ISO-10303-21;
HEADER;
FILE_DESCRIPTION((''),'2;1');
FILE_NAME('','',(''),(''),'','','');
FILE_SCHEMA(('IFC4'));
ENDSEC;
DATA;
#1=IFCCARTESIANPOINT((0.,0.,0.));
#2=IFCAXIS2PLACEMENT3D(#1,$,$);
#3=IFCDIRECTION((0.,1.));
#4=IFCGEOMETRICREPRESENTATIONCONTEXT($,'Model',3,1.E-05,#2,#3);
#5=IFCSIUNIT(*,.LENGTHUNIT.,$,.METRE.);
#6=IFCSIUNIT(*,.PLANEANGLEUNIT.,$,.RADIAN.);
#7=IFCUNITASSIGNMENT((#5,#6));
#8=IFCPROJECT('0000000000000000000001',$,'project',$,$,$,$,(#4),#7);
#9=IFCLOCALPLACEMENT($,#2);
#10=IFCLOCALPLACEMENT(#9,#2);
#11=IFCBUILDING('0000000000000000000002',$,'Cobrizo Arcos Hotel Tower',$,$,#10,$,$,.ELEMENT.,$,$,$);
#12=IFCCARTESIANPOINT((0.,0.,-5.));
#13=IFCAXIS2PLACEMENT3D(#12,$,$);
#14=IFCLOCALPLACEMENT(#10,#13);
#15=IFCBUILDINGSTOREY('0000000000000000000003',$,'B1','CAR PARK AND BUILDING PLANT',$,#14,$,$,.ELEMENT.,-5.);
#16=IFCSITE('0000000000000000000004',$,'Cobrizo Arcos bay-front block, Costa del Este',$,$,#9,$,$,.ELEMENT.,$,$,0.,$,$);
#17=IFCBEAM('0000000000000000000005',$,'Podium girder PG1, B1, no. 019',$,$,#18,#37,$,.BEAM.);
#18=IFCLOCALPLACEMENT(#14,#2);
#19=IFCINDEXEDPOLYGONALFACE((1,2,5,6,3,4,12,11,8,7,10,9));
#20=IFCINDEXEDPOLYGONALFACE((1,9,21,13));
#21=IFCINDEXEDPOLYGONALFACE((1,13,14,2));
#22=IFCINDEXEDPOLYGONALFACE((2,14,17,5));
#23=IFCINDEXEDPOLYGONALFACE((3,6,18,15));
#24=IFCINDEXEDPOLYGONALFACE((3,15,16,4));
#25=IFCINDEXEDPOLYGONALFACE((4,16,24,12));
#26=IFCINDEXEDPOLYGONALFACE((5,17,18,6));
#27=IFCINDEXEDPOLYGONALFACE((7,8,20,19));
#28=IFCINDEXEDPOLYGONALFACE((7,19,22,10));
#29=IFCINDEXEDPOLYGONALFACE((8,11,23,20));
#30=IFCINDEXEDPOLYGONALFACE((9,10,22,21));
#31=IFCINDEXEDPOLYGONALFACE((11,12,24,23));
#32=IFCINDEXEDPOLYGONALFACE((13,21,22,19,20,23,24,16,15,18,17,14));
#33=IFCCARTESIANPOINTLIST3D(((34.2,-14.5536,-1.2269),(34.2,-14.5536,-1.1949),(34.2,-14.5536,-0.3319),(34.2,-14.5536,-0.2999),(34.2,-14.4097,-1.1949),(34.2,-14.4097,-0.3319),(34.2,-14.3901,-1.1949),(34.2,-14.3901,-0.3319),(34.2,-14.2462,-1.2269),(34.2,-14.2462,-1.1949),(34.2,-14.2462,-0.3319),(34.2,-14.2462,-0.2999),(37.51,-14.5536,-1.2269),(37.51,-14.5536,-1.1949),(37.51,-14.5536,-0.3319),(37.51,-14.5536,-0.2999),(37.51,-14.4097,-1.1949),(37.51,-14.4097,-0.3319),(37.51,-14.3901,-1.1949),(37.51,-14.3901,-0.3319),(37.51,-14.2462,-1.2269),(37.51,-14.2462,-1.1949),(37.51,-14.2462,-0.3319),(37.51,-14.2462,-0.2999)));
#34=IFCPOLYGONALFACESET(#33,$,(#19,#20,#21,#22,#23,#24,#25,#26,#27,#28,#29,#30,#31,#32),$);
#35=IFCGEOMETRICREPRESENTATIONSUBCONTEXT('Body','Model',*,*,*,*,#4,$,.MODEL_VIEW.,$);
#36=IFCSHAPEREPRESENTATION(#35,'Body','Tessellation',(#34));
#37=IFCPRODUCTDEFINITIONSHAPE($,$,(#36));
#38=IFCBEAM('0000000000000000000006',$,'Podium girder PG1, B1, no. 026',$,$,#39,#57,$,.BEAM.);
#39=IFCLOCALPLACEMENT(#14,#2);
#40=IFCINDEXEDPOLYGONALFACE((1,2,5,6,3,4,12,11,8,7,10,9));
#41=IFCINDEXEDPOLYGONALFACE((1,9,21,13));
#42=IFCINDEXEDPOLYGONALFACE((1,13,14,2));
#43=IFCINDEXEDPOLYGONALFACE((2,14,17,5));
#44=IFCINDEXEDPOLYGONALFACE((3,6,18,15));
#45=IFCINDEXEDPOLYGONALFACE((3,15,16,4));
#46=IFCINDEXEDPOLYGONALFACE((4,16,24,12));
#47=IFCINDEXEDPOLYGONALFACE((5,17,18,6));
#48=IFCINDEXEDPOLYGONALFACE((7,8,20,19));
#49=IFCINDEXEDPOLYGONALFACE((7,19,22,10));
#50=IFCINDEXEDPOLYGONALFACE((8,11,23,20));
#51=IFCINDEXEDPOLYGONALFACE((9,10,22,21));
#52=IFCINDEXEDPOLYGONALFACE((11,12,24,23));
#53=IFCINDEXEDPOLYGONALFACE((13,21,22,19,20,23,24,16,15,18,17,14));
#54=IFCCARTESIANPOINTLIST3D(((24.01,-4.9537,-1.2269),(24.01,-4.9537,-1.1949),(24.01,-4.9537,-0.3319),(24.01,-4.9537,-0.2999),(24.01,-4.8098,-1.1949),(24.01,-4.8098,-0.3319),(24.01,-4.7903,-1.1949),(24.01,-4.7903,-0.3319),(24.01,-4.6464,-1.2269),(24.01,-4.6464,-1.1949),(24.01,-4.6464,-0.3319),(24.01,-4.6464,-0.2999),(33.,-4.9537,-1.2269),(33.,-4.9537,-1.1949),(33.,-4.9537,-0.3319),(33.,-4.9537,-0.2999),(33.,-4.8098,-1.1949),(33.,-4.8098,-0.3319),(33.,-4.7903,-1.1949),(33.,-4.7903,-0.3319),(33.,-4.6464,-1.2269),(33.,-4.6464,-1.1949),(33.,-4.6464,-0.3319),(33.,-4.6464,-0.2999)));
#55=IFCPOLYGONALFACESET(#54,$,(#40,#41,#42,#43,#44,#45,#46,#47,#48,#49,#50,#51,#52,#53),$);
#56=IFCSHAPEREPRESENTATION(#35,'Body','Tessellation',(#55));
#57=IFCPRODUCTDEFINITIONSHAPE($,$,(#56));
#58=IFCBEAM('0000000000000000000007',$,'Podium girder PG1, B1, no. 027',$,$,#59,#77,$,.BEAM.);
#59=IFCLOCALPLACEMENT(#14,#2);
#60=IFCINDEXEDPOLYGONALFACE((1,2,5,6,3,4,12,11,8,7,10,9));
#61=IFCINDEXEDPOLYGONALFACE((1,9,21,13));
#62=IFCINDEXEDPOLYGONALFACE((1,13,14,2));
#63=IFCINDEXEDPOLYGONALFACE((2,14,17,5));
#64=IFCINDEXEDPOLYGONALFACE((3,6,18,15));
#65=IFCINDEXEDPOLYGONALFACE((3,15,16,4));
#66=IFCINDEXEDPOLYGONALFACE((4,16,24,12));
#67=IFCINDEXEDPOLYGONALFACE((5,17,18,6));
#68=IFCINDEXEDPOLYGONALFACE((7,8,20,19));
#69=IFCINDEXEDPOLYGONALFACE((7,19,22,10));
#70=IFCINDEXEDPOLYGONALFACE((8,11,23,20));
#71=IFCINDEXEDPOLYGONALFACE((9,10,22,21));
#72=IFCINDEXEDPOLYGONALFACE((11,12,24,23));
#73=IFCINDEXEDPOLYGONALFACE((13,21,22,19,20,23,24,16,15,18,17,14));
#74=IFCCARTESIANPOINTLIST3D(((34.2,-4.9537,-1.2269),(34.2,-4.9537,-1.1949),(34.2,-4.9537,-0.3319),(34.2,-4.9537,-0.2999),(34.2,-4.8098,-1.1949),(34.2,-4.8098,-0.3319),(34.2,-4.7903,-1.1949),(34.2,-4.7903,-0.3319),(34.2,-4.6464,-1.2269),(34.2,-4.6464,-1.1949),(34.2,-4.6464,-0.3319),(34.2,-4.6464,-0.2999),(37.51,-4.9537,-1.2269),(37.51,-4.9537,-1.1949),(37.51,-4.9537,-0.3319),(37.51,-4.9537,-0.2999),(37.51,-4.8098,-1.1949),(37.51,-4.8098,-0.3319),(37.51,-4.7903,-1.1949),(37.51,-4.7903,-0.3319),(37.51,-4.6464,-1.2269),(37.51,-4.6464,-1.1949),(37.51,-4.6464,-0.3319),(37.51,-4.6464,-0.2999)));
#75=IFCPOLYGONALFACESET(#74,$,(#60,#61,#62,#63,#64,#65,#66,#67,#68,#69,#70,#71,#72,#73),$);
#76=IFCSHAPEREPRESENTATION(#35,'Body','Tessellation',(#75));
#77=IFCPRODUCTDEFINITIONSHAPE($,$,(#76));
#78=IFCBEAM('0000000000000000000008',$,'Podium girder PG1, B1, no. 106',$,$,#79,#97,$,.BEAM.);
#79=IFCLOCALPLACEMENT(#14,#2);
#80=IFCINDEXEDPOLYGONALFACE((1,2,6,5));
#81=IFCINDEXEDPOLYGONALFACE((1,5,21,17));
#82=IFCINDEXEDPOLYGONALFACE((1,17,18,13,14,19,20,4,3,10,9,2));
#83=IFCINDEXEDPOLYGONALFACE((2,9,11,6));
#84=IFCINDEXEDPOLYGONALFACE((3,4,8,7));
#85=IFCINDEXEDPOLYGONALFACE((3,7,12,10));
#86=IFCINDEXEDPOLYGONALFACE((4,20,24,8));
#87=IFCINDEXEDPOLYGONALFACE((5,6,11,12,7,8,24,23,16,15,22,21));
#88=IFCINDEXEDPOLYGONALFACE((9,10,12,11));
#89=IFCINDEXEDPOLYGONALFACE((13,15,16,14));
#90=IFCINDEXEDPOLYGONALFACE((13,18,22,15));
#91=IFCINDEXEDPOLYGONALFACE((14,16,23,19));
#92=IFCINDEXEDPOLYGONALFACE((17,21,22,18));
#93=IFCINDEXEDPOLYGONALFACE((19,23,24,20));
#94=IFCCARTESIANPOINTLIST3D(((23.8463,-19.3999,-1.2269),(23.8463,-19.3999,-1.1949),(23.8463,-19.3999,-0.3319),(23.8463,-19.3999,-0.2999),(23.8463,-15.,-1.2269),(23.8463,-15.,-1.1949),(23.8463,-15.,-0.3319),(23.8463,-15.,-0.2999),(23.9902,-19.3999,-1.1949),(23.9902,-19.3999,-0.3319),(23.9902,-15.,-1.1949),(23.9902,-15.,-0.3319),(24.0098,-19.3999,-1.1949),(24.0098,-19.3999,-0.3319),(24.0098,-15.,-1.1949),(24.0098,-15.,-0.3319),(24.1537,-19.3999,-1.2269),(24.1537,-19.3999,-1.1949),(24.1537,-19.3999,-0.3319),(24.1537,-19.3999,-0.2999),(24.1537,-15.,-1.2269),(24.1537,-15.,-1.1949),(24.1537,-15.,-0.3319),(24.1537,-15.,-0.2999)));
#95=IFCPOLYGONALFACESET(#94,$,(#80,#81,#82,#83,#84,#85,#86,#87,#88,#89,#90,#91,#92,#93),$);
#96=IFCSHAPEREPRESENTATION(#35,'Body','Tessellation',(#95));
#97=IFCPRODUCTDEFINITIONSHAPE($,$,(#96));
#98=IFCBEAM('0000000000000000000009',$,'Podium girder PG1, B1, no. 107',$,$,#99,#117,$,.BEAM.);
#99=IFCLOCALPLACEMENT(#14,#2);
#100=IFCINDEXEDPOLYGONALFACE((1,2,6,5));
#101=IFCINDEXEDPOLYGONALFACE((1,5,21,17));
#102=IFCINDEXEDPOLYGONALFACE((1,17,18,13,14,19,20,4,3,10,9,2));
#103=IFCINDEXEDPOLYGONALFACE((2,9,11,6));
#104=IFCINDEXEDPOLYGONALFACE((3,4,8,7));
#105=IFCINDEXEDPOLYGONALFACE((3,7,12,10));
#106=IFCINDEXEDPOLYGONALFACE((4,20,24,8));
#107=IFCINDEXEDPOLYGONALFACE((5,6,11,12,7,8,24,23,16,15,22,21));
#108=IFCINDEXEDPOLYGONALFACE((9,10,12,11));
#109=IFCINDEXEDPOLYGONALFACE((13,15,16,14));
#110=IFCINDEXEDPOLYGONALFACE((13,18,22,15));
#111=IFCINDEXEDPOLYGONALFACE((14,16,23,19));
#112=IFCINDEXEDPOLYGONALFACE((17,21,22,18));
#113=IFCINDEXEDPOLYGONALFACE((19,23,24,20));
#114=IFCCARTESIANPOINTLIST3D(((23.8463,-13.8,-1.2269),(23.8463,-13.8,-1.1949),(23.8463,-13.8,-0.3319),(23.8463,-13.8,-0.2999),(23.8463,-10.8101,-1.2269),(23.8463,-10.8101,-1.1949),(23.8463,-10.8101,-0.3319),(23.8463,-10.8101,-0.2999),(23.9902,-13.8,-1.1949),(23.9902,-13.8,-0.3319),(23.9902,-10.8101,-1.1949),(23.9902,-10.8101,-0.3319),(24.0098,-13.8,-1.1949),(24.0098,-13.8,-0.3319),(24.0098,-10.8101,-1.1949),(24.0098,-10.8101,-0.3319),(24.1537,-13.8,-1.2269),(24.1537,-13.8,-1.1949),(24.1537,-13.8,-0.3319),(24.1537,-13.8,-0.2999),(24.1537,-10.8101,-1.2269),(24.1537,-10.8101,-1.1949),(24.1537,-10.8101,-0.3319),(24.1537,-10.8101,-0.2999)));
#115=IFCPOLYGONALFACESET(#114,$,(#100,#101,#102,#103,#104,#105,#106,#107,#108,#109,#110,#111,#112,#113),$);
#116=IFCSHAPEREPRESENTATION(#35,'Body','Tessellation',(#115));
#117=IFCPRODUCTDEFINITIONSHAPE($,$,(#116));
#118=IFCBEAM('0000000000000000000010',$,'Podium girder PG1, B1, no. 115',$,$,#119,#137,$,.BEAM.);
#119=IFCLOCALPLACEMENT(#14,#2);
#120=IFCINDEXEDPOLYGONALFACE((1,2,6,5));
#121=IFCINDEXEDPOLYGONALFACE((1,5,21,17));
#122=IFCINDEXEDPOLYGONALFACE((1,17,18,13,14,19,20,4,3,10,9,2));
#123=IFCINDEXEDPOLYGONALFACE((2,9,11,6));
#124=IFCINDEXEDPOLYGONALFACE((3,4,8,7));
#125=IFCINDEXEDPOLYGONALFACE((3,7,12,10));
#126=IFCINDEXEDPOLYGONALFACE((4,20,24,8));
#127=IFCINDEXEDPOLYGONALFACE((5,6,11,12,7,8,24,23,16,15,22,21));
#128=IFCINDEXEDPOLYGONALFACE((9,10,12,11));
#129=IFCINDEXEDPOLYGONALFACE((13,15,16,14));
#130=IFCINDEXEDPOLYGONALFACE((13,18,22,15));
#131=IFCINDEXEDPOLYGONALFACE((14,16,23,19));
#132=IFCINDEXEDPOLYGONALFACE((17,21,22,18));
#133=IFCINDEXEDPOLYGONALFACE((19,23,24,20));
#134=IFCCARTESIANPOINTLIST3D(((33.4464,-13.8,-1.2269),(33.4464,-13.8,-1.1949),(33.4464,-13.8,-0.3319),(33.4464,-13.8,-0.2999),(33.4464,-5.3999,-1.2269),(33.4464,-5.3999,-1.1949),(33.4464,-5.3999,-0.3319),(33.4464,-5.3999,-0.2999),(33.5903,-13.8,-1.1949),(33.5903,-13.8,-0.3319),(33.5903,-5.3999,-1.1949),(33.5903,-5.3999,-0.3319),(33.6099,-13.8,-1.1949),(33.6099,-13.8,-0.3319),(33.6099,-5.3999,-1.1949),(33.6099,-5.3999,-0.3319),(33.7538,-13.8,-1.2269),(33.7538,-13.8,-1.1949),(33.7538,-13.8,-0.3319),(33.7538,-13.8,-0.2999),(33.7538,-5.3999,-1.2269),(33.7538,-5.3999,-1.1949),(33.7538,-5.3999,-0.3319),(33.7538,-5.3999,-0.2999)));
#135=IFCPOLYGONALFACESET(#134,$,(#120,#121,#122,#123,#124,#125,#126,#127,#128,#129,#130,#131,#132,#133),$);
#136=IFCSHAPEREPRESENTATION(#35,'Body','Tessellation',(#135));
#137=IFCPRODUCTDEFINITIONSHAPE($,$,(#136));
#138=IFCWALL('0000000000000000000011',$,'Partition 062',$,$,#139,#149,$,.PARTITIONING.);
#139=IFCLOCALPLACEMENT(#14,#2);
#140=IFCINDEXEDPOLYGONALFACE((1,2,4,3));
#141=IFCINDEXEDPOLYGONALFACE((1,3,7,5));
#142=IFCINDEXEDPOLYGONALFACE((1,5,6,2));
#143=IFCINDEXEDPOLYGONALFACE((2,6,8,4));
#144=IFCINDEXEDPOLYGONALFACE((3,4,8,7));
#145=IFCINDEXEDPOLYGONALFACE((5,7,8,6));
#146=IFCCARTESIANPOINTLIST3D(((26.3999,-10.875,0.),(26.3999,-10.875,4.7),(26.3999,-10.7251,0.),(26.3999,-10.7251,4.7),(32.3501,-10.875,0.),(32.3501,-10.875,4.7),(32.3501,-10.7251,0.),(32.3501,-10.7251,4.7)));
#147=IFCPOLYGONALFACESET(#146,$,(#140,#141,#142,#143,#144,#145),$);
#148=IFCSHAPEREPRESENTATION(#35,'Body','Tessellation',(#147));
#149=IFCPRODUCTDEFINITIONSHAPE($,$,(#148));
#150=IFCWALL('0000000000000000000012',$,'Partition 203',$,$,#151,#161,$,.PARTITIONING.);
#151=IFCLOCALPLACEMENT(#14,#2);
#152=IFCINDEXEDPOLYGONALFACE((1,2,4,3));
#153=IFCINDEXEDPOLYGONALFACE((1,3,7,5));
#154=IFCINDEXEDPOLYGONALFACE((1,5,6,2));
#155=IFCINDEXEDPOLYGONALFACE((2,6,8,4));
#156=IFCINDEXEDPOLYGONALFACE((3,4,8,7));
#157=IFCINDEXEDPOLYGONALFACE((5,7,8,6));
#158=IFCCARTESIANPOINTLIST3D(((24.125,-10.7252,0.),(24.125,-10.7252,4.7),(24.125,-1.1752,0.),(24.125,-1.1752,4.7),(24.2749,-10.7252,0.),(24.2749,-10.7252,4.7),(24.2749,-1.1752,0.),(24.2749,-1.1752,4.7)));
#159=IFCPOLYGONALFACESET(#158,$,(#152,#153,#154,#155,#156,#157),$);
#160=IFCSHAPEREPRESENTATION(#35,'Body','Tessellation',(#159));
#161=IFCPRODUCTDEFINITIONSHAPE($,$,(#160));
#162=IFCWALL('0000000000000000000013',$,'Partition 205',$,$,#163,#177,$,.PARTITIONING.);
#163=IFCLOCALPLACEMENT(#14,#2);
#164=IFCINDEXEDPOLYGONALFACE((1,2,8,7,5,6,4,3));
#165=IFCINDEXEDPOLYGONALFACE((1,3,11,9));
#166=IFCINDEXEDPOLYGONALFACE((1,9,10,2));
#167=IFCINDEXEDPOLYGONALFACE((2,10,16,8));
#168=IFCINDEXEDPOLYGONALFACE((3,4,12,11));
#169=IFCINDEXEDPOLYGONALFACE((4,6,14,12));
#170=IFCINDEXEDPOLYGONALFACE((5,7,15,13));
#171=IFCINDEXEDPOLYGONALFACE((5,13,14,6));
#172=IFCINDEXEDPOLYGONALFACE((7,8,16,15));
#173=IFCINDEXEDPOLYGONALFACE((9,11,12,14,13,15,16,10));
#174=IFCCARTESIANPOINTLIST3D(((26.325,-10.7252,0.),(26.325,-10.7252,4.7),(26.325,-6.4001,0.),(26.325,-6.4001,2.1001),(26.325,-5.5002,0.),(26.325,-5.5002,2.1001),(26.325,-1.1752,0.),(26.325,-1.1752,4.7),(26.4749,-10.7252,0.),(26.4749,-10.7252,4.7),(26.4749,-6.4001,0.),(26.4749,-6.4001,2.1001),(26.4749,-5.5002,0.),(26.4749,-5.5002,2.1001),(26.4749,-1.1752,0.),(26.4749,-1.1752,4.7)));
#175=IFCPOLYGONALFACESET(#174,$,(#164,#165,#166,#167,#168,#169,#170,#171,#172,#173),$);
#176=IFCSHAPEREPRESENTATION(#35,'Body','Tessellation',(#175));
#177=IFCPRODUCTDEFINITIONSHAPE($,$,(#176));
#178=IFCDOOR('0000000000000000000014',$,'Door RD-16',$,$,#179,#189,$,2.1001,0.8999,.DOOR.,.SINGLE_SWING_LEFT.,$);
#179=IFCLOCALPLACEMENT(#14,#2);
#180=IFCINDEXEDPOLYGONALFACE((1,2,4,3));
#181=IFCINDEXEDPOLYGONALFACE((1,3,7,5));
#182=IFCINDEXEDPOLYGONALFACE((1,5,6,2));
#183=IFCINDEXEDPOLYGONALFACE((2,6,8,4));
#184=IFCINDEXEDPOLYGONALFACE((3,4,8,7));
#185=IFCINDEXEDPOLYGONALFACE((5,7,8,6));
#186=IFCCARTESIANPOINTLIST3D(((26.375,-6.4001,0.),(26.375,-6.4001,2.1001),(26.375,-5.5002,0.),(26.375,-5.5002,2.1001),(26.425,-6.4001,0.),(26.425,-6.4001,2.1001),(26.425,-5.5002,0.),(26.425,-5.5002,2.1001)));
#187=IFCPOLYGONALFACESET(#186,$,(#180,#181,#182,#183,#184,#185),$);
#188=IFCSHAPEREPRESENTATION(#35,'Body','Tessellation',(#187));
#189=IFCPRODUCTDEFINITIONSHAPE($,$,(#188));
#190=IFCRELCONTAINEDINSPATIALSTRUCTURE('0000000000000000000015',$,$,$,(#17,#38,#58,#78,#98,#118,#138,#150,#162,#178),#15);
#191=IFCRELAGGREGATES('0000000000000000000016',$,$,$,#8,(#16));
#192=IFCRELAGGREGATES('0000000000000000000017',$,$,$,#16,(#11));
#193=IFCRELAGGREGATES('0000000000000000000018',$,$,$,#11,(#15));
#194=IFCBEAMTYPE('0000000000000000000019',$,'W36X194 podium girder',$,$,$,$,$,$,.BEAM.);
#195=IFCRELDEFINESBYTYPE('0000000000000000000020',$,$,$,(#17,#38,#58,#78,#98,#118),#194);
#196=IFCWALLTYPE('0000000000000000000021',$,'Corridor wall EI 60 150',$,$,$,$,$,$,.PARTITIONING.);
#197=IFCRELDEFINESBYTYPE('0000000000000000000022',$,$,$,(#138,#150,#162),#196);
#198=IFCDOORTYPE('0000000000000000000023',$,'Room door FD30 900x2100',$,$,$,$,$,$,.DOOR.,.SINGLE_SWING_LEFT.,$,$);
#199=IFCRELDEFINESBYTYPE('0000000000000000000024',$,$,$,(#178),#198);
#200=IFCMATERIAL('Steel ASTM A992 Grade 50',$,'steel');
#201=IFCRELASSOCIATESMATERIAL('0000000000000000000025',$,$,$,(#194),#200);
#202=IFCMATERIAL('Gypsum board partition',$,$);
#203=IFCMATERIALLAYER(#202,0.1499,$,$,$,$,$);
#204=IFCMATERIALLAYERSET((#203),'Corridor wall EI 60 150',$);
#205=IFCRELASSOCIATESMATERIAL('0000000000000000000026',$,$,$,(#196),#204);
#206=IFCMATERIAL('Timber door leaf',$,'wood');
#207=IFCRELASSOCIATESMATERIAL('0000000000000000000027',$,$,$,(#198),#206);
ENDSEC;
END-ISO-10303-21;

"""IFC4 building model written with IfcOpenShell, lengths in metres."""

from ifc_helpers import new_model, si_unit, direction, frame, frame_2d, origin, origin_2d, place, context, subcontext, project, spatial, rectangle, i_section, extrude, material, layer, layer_set, material_profile, profile_set, type_object, element, fill, save


model = new_model("IFC4")

# Units and contexts
model_context = context("Model", 3, precision=1e-05, world=origin(), true_north=direction((0.0, 1.0)))
body_context = subcontext(model_context, "Body", "Model", "MODEL_VIEW")
ifc_project = project(units=[si_unit("LENGTHUNIT", "METRE"), si_unit("PLANEANGLEUNIT", "RADIAN")], contexts=[model_context])

# Site, building, storey
site_placement = place(None, origin())
site = spatial("IfcSite", under=ifc_project, at=site_placement, Name="Cobrizo Arcos bay-front block, Costa del Este", CompositionType="ELEMENT", RefElevation=0.0)
building_placement = place(site_placement, origin())
building = spatial("IfcBuilding", under=site, at=building_placement, Name="Cobrizo Arcos Hotel Tower", CompositionType="ELEMENT")
storey_placement = place(building_placement, frame((0.0, 0.0, -5.0)))
storey = spatial("IfcBuildingStorey", under=building, at=storey_placement, Name="B1", Description="CAR PARK AND BUILDING PLANT", CompositionType="ELEMENT", Elevation=-5.0)

# Beams
ifc_material_1 = material(Name="Steel ASTM A992 Grade 50", Category="steel")
ifc_material_profile_1 = material_profile(ifc_material_1, i_section(OverallWidth=0.3074, OverallDepth=0.927, WebThickness=0.0195, FlangeThickness=0.032, at=origin_2d()), Name="W36X194")
ifc_profile_set_1 = profile_set([ifc_material_profile_1], Name="Steel ASTM A992 Grade 50")
beam_type_1 = type_object("IfcBeamType", Name="W36X194 podium girder", PredefinedType="BEAM", material=ifc_profile_set_1)
beam_1_placement = place(storey_placement, frame((34.2, -14.3999, -0.7634), z_axis=(1.0, 0.0, 0.0), x_axis=(0.0, 1.0, 0.0)))
element("IfcBeam", 1, at=beam_1_placement, inside=storey, type_object=beam_type_1, Name="Podium girder PG1, B1, no. 019", PredefinedType="BEAM", context=body_context, shape_type="SweptSolid", body=[
    extrude(i_section(OverallWidth=0.3074, OverallDepth=0.927, WebThickness=0.0195, FlangeThickness=0.032, at=origin_2d()), origin(), (0.0, 0.0, 1.0), 3.3101),
])
beam_2_placement = place(storey_placement, frame((24.01, -4.8, -0.7634), z_axis=(1.0, 0.0, 0.0), x_axis=(0.0, 1.0, 0.0)))
element("IfcBeam", 2, at=beam_2_placement, inside=storey, type_object=beam_type_1, Name="Podium girder PG1, B1, no. 026", PredefinedType="BEAM", context=body_context, shape_type="SweptSolid", body=[
    extrude(i_section(OverallWidth=0.3074, OverallDepth=0.927, WebThickness=0.0195, FlangeThickness=0.032, at=origin_2d()), origin(), (0.0, 0.0, 1.0), 8.99),
])
beam_3_placement = place(storey_placement, frame((34.2, -4.8, -0.7634), z_axis=(1.0, 0.0, 0.0), x_axis=(0.0, 1.0, 0.0)))
element("IfcBeam", 3, at=beam_3_placement, inside=storey, type_object=beam_type_1, Name="Podium girder PG1, B1, no. 027", PredefinedType="BEAM", context=body_context, shape_type="SweptSolid", body=[
    extrude(i_section(OverallWidth=0.3074, OverallDepth=0.927, WebThickness=0.0195, FlangeThickness=0.032, at=origin_2d()), origin(), (0.0, 0.0, 1.0), 3.3101),
])
beam_4_placement = place(storey_placement, frame((24.0, -19.3999, -0.7634), z_axis=(0.0, 1.0, 0.0), x_axis=(-1.0, 0.0, 0.0)))
element("IfcBeam", 4, at=beam_4_placement, inside=storey, type_object=beam_type_1, Name="Podium girder PG1, B1, no. 106", PredefinedType="BEAM", context=body_context, shape_type="SweptSolid", body=[
    extrude(i_section(OverallWidth=0.3074, OverallDepth=0.927, WebThickness=0.0195, FlangeThickness=0.032, at=origin_2d()), origin(), (0.0, 0.0, 1.0), 4.3999),
])
beam_5_placement = place(storey_placement, frame((24.0, -13.8, -0.7634), z_axis=(0.0, 1.0, 0.0), x_axis=(-1.0, 0.0, 0.0)))
element("IfcBeam", 5, at=beam_5_placement, inside=storey, type_object=beam_type_1, Name="Podium girder PG1, B1, no. 107", PredefinedType="BEAM", context=body_context, shape_type="SweptSolid", body=[
    extrude(i_section(OverallWidth=0.3074, OverallDepth=0.927, WebThickness=0.0195, FlangeThickness=0.032, at=origin_2d()), origin(), (0.0, 0.0, 1.0), 2.99),
])
beam_6_placement = place(storey_placement, frame((33.6001, -13.8, -0.7634), z_axis=(0.0, 1.0, 0.0), x_axis=(-1.0, 0.0, 0.0)))
element("IfcBeam", 6, at=beam_6_placement, inside=storey, type_object=beam_type_1, Name="Podium girder PG1, B1, no. 115", PredefinedType="BEAM", context=body_context, shape_type="SweptSolid", body=[
    extrude(i_section(OverallWidth=0.3074, OverallDepth=0.927, WebThickness=0.0195, FlangeThickness=0.032, at=origin_2d()), origin(), (0.0, 0.0, 1.0), 8.4001),
])

# Walls
ifc_material_2 = material(Name="Gypsum board partition")
ifc_layer_1 = layer(ifc_material_2, 0.1499)
ifc_layer_set_1 = layer_set([ifc_layer_1], Name="Corridor wall EI 60 150")
wall_type_1 = type_object("IfcWallType", Name="Corridor wall EI 60 150", PredefinedType="PARTITIONING", material=ifc_layer_set_1)
wall_1_placement = place(storey_placement, frame((26.3999, -10.8, 0.0), z_axis=(0.0, 0.0, 1.0), x_axis=(1.0, 0.0, 0.0)))
element("IfcWall", 7, at=wall_1_placement, inside=storey, type_object=wall_type_1, Name="Partition 062", PredefinedType="PARTITIONING", context=body_context, shape_type="SweptSolid", body=[
    extrude(rectangle(XDim=5.9502, YDim=0.1499, at=frame_2d((2.9751, 0.0))), origin(), (0.0, 0.0, 1.0), 4.7),
])
wall_2_placement = place(storey_placement, frame((24.2, -10.7251, 0.0), z_axis=(0.0, 0.0, 1.0), x_axis=(0.0, 1.0, 0.0)))
element("IfcWall", 8, at=wall_2_placement, inside=storey, type_object=wall_type_1, Name="Partition 203", PredefinedType="PARTITIONING", context=body_context, shape_type="SweptSolid", body=[
    extrude(rectangle(XDim=9.55, YDim=0.1499, at=frame_2d((4.7749, 0.0))), origin(), (0.0, 0.0, 1.0), 4.7),
])

# Wall, opening, door
wall_3_placement = place(storey_placement, frame((26.3999, -10.7251, 0.0), z_axis=(0.0, 0.0, 1.0), x_axis=(0.0, 1.0, 0.0)))
wall_3 = element("IfcWall", 9, at=wall_3_placement, inside=storey, type_object=wall_type_1, Name="Partition 205", PredefinedType="PARTITIONING", context=body_context, shape_type="SweptSolid", body=[
    extrude(rectangle(XDim=9.55, YDim=0.1499, at=frame_2d((4.7749, 0.0))), origin(), (0.0, 0.0, 1.0), 4.7),
])
opening_1_placement = place(wall_3_placement, frame((4.325, 0.0, 0.0)))
opening_1 = element("IfcOpeningElement", 10, at=opening_1_placement, cuts=wall_3, PredefinedType="OPENING", context=body_context, shape_type="SweptSolid", body=[
    extrude(rectangle(XDim=0.8999, YDim=2.1001, at=frame_2d((0.45, 1.05))), frame((0.0, 0.0869, 0.0), z_axis=(0.0, -1.0, 0.0), x_axis=(1.0, 0.0, 0.0)), (0.0, 0.0, 1.0), 0.1738),
])
ifc_material_3 = material(Name="Timber door leaf", Category="wood")
door_type = type_object("IfcDoorType", Name="Room door FD30 900x2100", OperationType="SINGLE_SWING_LEFT", PredefinedType="DOOR", material=ifc_material_3)
door_1_placement = place(opening_1_placement, origin())
door_1 = element("IfcDoor", 11, at=door_1_placement, inside=storey, type_object=door_type, Name="Door RD-16", OperationType="SINGLE_SWING_LEFT", OverallHeight=2.1001, OverallWidth=0.8999, PredefinedType="DOOR", context=body_context, shape_type="SweptSolid", body=[
    extrude(rectangle(XDim=0.8999, YDim=2.1001, at=frame_2d((0.45, 1.05))), frame((0.0, 0.0249, 0.0), z_axis=(0.0, -1.0, 0.0), x_axis=(1.0, 0.0, 0.0)), (0.0, 0.0, 1.0), 0.05),
])
fill(opening_1, door_1)

save(model, "model.ifc")
